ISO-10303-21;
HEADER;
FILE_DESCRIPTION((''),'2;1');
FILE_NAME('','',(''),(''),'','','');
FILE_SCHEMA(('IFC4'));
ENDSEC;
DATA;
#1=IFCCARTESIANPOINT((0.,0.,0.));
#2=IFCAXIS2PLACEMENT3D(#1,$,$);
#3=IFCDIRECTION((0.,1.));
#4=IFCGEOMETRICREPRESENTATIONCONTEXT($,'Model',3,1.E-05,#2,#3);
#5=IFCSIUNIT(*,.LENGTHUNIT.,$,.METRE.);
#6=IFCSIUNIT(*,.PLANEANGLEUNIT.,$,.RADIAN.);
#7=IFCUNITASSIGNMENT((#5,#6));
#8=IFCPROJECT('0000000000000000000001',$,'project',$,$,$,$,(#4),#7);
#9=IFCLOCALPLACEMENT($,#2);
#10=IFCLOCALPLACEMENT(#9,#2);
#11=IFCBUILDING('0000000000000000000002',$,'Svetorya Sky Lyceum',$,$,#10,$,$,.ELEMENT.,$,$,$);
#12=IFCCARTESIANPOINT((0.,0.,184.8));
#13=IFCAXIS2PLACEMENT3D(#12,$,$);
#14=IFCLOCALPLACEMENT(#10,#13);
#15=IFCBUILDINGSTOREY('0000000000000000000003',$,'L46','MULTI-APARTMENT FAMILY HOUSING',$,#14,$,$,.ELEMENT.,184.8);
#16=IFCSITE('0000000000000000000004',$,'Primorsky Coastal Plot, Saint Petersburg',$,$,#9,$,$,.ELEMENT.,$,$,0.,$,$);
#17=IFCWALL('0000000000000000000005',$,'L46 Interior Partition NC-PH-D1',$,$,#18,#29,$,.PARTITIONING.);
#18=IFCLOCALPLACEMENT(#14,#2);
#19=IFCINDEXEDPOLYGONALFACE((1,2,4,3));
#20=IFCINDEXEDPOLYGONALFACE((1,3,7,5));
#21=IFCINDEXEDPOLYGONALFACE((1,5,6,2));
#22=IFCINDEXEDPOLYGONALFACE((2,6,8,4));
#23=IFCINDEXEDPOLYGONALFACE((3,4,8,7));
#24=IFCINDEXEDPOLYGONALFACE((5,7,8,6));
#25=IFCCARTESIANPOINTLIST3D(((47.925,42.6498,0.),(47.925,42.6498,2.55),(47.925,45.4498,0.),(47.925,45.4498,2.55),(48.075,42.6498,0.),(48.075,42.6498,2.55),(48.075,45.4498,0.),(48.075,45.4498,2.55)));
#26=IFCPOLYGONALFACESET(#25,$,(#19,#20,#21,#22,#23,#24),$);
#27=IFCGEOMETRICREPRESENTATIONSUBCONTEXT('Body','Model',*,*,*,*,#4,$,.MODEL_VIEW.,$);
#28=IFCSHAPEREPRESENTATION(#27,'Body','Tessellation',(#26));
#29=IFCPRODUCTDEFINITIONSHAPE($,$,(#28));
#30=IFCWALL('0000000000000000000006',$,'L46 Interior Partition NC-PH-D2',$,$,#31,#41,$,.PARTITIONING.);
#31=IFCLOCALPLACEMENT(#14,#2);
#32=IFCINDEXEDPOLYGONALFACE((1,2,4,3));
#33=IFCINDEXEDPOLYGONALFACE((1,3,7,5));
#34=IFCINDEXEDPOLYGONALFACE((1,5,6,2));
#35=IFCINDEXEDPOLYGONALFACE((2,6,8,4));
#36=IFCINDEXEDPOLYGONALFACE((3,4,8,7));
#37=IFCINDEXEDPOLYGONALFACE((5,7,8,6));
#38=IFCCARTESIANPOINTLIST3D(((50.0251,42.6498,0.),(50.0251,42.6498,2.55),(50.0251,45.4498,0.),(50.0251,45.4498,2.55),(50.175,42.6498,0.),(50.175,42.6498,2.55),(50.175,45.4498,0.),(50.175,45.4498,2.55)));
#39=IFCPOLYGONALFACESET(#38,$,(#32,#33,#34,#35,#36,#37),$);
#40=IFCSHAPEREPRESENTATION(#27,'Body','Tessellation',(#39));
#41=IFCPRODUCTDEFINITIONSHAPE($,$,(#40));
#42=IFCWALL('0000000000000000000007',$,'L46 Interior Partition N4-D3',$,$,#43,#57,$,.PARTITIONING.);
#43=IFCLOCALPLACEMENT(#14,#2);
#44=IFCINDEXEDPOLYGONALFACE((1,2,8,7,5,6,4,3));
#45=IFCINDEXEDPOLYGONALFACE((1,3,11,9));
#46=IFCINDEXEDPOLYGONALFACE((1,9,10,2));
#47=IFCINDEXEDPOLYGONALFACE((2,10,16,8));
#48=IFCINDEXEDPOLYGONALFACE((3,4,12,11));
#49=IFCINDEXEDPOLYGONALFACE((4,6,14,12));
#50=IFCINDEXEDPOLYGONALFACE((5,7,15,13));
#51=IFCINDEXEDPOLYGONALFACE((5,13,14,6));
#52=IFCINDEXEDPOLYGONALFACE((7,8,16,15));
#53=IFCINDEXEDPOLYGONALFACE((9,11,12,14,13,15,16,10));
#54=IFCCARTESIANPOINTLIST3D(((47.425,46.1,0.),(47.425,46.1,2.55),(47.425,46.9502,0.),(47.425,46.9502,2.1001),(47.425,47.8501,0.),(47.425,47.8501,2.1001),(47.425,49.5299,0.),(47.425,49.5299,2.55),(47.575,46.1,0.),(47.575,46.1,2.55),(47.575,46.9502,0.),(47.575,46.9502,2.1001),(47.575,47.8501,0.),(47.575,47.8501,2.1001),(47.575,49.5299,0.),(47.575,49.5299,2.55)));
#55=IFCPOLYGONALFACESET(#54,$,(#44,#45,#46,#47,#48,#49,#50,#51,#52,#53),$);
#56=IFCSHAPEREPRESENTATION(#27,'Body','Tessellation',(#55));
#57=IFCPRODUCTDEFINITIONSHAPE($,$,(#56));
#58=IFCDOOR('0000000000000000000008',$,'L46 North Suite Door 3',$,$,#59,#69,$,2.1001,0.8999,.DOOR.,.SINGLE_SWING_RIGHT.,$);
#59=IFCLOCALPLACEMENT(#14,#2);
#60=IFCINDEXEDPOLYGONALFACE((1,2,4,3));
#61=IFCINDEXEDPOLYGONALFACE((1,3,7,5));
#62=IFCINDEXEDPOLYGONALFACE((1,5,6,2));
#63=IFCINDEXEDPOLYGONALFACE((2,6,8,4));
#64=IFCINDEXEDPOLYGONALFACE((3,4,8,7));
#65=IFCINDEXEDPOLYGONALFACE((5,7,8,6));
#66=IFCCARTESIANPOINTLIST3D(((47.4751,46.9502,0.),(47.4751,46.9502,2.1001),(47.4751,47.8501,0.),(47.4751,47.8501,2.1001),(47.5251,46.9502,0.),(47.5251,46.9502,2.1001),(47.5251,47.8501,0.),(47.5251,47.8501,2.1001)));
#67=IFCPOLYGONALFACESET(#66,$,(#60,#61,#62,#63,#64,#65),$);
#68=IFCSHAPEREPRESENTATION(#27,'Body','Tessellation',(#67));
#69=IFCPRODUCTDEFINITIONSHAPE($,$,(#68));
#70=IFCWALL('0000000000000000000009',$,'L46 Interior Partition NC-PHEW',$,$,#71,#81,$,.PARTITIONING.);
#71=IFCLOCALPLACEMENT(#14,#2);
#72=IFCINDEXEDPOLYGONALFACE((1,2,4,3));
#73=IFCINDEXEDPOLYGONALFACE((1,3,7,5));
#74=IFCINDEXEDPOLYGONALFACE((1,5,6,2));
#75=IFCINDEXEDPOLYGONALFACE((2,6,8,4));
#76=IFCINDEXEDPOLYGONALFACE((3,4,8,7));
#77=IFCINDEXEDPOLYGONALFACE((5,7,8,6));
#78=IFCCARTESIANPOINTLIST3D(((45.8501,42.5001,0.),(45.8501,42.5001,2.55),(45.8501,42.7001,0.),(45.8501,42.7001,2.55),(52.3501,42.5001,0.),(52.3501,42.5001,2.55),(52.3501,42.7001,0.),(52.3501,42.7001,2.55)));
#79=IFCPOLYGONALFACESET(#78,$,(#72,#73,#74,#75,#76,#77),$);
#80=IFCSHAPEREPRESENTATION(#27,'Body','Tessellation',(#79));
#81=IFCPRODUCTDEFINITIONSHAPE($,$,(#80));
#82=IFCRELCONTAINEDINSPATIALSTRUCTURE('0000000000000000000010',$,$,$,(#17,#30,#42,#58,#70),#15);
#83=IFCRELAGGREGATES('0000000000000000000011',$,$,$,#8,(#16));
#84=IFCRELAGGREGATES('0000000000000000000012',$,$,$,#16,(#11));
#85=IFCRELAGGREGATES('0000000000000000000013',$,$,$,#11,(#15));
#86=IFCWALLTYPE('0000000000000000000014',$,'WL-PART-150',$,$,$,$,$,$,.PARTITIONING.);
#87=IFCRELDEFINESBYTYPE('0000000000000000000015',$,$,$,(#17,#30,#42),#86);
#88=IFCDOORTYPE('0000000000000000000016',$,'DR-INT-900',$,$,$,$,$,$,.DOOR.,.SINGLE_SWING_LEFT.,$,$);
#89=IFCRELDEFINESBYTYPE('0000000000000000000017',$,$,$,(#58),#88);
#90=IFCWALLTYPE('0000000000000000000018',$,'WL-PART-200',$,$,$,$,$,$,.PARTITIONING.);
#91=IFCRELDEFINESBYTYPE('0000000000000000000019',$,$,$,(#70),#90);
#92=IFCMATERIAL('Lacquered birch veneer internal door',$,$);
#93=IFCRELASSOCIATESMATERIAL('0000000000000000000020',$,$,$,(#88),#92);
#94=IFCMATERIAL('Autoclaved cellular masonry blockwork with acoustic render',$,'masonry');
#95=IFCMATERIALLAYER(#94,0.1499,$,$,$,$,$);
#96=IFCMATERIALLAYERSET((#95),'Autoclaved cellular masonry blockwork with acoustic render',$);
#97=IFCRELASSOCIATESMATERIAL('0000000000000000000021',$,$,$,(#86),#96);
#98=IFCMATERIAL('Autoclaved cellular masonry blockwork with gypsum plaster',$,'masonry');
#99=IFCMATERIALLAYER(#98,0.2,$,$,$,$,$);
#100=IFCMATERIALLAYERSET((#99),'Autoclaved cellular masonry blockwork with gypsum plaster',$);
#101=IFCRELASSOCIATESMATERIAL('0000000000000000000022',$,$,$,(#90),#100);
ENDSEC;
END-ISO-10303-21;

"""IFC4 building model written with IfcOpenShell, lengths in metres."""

from ifc_helpers import new_model, si_unit, direction, frame, frame_2d, origin, place, context, subcontext, project, spatial, rectangle, extrude, material, layer, layer_set, type_object, element, fill, save


model = new_model("IFC4")

# Units and contexts
model_context = context("Model", 3, precision=1e-05, world=origin(), true_north=direction((0.0, 1.0)))
body_context = subcontext(model_context, "Body", "Model", "MODEL_VIEW")
ifc_project = project(units=[si_unit("LENGTHUNIT", "METRE"), si_unit("PLANEANGLEUNIT", "RADIAN")], contexts=[model_context])

# Site, building, storey
site_placement = place(None, origin())
site = spatial("IfcSite", under=ifc_project, at=site_placement, Name="Primorsky Coastal Plot, Saint Petersburg", CompositionType="ELEMENT", RefElevation=0.0)
building_placement = place(site_placement, origin())
building = spatial("IfcBuilding", under=site, at=building_placement, Name="Svetorya Sky Lyceum", CompositionType="ELEMENT")
storey_placement = place(building_placement, frame((0.0, 0.0, 184.8)))
storey = spatial("IfcBuildingStorey", under=building, at=storey_placement, Name="L46", Description="MULTI-APARTMENT FAMILY HOUSING", CompositionType="ELEMENT", Elevation=184.8)

# Shared definitions
ifc_material_1 = material(Name="Lacquered birch veneer internal door")
door_type_1 = type_object("IfcDoorType", Name="DR-INT-900", OperationType="SINGLE_SWING_LEFT", PredefinedType="DOOR", material=ifc_material_1)

# Walls
ifc_material_2 = material(Name="Autoclaved cellular masonry blockwork with acoustic render", Category="masonry")
ifc_layer_1 = layer(ifc_material_2, 0.1499)
ifc_layer_set_1 = layer_set([ifc_layer_1], Name="Autoclaved cellular masonry blockwork with acoustic render")
wall_type_1 = type_object("IfcWallType", Name="WL-PART-150", PredefinedType="PARTITIONING", material=ifc_layer_set_1)
for number, where, z_axis, x_axis, name in (
    (1, (48.0, 42.6499, 0.0), (0.0, 0.0, 1.0), (0.0, 1.0, 0.0), "L46 Interior Partition NC-PH-D1"),
    (2, (50.1001, 42.6499, 0.0), (0.0, 0.0, 1.0), (0.0, 1.0, 0.0), "L46 Interior Partition NC-PH-D2"),
):
    element("IfcWall", number, at=place(storey_placement, frame(where, z_axis=z_axis, x_axis=x_axis)), inside=storey, type_object=wall_type_1, Name=name, PredefinedType="PARTITIONING", context=body_context, shape_type="SweptSolid", body=[
        extrude(rectangle(XDim=2.8, YDim=0.1499, at=frame_2d((1.3999, 0.0))), origin(), (0.0, 0.0, 1.0), 2.55),
    ])

# Wall, opening, door
wall_1_placement = place(storey_placement, frame((47.5, 46.1001, 0.0), z_axis=(0.0, 0.0, 1.0), x_axis=(0.0, 1.0, 0.0)))
wall_1 = element("IfcWall", 3, at=wall_1_placement, inside=storey, type_object=wall_type_1, Name="L46 Interior Partition N4-D3", PredefinedType="PARTITIONING", context=body_context, shape_type="SweptSolid", body=[
    extrude(rectangle(XDim=3.4299, YDim=0.1499, at=frame_2d((1.7148, 0.0))), origin(), (0.0, 0.0, 1.0), 2.55),
])
opening_1_placement = place(wall_1_placement, frame((0.8501, 0.0, 0.0)))
opening_1 = element("IfcOpeningElement", 4, at=opening_1_placement, cuts=wall_1, PredefinedType="OPENING", context=body_context, shape_type="SweptSolid", body=[
    extrude(rectangle(XDim=0.8999, YDim=2.1001, at=frame_2d((0.45, 1.05))), frame((0.0, 0.085, 0.0), z_axis=(0.0, -1.0, 0.0), x_axis=(1.0, 0.0, 0.0)), (0.0, 0.0, 1.0), 0.1699),
])
door_1_placement = place(opening_1_placement, origin())
door_1 = element("IfcDoor", 5, at=door_1_placement, inside=storey, type_object=door_type_1, Name="L46 North Suite Door 3", OperationType="SINGLE_SWING_RIGHT", OverallHeight=2.1001, OverallWidth=0.8999, PredefinedType="DOOR", context=body_context, shape_type="SweptSolid", body=[
    extrude(rectangle(XDim=0.8999, YDim=2.1001, at=frame_2d((0.45, 1.05))), frame((0.0, 0.0249, 0.0), z_axis=(0.0, -1.0, 0.0), x_axis=(1.0, 0.0, 0.0)), (0.0, 0.0, 1.0), 0.05),
])
fill(opening_1, door_1)

# Wall
ifc_material_3 = material(Name="Autoclaved cellular masonry blockwork with gypsum plaster", Category="masonry")
ifc_layer_2 = layer(ifc_material_3, 0.2)
ifc_layer_set_2 = layer_set([ifc_layer_2], Name="Autoclaved cellular masonry blockwork with gypsum plaster")
wall_type_2 = type_object("IfcWallType", Name="WL-PART-200", PredefinedType="PARTITIONING", material=ifc_layer_set_2)
wall_2_placement = place(storey_placement, frame((52.3501, 42.6001, 0.0), z_axis=(0.0, 0.0, 1.0), x_axis=(-1.0, 0.0, 0.0)))
element("IfcWall", 6, at=wall_2_placement, inside=storey, type_object=wall_type_2, Name="L46 Interior Partition NC-PHEW", PredefinedType="PARTITIONING", context=body_context, shape_type="SweptSolid", body=[
    extrude(rectangle(XDim=6.5, YDim=0.2, at=frame_2d((3.25, 0.0))), origin(), (0.0, 0.0, 1.0), 2.55),
])

save(model, "model.ifc")
